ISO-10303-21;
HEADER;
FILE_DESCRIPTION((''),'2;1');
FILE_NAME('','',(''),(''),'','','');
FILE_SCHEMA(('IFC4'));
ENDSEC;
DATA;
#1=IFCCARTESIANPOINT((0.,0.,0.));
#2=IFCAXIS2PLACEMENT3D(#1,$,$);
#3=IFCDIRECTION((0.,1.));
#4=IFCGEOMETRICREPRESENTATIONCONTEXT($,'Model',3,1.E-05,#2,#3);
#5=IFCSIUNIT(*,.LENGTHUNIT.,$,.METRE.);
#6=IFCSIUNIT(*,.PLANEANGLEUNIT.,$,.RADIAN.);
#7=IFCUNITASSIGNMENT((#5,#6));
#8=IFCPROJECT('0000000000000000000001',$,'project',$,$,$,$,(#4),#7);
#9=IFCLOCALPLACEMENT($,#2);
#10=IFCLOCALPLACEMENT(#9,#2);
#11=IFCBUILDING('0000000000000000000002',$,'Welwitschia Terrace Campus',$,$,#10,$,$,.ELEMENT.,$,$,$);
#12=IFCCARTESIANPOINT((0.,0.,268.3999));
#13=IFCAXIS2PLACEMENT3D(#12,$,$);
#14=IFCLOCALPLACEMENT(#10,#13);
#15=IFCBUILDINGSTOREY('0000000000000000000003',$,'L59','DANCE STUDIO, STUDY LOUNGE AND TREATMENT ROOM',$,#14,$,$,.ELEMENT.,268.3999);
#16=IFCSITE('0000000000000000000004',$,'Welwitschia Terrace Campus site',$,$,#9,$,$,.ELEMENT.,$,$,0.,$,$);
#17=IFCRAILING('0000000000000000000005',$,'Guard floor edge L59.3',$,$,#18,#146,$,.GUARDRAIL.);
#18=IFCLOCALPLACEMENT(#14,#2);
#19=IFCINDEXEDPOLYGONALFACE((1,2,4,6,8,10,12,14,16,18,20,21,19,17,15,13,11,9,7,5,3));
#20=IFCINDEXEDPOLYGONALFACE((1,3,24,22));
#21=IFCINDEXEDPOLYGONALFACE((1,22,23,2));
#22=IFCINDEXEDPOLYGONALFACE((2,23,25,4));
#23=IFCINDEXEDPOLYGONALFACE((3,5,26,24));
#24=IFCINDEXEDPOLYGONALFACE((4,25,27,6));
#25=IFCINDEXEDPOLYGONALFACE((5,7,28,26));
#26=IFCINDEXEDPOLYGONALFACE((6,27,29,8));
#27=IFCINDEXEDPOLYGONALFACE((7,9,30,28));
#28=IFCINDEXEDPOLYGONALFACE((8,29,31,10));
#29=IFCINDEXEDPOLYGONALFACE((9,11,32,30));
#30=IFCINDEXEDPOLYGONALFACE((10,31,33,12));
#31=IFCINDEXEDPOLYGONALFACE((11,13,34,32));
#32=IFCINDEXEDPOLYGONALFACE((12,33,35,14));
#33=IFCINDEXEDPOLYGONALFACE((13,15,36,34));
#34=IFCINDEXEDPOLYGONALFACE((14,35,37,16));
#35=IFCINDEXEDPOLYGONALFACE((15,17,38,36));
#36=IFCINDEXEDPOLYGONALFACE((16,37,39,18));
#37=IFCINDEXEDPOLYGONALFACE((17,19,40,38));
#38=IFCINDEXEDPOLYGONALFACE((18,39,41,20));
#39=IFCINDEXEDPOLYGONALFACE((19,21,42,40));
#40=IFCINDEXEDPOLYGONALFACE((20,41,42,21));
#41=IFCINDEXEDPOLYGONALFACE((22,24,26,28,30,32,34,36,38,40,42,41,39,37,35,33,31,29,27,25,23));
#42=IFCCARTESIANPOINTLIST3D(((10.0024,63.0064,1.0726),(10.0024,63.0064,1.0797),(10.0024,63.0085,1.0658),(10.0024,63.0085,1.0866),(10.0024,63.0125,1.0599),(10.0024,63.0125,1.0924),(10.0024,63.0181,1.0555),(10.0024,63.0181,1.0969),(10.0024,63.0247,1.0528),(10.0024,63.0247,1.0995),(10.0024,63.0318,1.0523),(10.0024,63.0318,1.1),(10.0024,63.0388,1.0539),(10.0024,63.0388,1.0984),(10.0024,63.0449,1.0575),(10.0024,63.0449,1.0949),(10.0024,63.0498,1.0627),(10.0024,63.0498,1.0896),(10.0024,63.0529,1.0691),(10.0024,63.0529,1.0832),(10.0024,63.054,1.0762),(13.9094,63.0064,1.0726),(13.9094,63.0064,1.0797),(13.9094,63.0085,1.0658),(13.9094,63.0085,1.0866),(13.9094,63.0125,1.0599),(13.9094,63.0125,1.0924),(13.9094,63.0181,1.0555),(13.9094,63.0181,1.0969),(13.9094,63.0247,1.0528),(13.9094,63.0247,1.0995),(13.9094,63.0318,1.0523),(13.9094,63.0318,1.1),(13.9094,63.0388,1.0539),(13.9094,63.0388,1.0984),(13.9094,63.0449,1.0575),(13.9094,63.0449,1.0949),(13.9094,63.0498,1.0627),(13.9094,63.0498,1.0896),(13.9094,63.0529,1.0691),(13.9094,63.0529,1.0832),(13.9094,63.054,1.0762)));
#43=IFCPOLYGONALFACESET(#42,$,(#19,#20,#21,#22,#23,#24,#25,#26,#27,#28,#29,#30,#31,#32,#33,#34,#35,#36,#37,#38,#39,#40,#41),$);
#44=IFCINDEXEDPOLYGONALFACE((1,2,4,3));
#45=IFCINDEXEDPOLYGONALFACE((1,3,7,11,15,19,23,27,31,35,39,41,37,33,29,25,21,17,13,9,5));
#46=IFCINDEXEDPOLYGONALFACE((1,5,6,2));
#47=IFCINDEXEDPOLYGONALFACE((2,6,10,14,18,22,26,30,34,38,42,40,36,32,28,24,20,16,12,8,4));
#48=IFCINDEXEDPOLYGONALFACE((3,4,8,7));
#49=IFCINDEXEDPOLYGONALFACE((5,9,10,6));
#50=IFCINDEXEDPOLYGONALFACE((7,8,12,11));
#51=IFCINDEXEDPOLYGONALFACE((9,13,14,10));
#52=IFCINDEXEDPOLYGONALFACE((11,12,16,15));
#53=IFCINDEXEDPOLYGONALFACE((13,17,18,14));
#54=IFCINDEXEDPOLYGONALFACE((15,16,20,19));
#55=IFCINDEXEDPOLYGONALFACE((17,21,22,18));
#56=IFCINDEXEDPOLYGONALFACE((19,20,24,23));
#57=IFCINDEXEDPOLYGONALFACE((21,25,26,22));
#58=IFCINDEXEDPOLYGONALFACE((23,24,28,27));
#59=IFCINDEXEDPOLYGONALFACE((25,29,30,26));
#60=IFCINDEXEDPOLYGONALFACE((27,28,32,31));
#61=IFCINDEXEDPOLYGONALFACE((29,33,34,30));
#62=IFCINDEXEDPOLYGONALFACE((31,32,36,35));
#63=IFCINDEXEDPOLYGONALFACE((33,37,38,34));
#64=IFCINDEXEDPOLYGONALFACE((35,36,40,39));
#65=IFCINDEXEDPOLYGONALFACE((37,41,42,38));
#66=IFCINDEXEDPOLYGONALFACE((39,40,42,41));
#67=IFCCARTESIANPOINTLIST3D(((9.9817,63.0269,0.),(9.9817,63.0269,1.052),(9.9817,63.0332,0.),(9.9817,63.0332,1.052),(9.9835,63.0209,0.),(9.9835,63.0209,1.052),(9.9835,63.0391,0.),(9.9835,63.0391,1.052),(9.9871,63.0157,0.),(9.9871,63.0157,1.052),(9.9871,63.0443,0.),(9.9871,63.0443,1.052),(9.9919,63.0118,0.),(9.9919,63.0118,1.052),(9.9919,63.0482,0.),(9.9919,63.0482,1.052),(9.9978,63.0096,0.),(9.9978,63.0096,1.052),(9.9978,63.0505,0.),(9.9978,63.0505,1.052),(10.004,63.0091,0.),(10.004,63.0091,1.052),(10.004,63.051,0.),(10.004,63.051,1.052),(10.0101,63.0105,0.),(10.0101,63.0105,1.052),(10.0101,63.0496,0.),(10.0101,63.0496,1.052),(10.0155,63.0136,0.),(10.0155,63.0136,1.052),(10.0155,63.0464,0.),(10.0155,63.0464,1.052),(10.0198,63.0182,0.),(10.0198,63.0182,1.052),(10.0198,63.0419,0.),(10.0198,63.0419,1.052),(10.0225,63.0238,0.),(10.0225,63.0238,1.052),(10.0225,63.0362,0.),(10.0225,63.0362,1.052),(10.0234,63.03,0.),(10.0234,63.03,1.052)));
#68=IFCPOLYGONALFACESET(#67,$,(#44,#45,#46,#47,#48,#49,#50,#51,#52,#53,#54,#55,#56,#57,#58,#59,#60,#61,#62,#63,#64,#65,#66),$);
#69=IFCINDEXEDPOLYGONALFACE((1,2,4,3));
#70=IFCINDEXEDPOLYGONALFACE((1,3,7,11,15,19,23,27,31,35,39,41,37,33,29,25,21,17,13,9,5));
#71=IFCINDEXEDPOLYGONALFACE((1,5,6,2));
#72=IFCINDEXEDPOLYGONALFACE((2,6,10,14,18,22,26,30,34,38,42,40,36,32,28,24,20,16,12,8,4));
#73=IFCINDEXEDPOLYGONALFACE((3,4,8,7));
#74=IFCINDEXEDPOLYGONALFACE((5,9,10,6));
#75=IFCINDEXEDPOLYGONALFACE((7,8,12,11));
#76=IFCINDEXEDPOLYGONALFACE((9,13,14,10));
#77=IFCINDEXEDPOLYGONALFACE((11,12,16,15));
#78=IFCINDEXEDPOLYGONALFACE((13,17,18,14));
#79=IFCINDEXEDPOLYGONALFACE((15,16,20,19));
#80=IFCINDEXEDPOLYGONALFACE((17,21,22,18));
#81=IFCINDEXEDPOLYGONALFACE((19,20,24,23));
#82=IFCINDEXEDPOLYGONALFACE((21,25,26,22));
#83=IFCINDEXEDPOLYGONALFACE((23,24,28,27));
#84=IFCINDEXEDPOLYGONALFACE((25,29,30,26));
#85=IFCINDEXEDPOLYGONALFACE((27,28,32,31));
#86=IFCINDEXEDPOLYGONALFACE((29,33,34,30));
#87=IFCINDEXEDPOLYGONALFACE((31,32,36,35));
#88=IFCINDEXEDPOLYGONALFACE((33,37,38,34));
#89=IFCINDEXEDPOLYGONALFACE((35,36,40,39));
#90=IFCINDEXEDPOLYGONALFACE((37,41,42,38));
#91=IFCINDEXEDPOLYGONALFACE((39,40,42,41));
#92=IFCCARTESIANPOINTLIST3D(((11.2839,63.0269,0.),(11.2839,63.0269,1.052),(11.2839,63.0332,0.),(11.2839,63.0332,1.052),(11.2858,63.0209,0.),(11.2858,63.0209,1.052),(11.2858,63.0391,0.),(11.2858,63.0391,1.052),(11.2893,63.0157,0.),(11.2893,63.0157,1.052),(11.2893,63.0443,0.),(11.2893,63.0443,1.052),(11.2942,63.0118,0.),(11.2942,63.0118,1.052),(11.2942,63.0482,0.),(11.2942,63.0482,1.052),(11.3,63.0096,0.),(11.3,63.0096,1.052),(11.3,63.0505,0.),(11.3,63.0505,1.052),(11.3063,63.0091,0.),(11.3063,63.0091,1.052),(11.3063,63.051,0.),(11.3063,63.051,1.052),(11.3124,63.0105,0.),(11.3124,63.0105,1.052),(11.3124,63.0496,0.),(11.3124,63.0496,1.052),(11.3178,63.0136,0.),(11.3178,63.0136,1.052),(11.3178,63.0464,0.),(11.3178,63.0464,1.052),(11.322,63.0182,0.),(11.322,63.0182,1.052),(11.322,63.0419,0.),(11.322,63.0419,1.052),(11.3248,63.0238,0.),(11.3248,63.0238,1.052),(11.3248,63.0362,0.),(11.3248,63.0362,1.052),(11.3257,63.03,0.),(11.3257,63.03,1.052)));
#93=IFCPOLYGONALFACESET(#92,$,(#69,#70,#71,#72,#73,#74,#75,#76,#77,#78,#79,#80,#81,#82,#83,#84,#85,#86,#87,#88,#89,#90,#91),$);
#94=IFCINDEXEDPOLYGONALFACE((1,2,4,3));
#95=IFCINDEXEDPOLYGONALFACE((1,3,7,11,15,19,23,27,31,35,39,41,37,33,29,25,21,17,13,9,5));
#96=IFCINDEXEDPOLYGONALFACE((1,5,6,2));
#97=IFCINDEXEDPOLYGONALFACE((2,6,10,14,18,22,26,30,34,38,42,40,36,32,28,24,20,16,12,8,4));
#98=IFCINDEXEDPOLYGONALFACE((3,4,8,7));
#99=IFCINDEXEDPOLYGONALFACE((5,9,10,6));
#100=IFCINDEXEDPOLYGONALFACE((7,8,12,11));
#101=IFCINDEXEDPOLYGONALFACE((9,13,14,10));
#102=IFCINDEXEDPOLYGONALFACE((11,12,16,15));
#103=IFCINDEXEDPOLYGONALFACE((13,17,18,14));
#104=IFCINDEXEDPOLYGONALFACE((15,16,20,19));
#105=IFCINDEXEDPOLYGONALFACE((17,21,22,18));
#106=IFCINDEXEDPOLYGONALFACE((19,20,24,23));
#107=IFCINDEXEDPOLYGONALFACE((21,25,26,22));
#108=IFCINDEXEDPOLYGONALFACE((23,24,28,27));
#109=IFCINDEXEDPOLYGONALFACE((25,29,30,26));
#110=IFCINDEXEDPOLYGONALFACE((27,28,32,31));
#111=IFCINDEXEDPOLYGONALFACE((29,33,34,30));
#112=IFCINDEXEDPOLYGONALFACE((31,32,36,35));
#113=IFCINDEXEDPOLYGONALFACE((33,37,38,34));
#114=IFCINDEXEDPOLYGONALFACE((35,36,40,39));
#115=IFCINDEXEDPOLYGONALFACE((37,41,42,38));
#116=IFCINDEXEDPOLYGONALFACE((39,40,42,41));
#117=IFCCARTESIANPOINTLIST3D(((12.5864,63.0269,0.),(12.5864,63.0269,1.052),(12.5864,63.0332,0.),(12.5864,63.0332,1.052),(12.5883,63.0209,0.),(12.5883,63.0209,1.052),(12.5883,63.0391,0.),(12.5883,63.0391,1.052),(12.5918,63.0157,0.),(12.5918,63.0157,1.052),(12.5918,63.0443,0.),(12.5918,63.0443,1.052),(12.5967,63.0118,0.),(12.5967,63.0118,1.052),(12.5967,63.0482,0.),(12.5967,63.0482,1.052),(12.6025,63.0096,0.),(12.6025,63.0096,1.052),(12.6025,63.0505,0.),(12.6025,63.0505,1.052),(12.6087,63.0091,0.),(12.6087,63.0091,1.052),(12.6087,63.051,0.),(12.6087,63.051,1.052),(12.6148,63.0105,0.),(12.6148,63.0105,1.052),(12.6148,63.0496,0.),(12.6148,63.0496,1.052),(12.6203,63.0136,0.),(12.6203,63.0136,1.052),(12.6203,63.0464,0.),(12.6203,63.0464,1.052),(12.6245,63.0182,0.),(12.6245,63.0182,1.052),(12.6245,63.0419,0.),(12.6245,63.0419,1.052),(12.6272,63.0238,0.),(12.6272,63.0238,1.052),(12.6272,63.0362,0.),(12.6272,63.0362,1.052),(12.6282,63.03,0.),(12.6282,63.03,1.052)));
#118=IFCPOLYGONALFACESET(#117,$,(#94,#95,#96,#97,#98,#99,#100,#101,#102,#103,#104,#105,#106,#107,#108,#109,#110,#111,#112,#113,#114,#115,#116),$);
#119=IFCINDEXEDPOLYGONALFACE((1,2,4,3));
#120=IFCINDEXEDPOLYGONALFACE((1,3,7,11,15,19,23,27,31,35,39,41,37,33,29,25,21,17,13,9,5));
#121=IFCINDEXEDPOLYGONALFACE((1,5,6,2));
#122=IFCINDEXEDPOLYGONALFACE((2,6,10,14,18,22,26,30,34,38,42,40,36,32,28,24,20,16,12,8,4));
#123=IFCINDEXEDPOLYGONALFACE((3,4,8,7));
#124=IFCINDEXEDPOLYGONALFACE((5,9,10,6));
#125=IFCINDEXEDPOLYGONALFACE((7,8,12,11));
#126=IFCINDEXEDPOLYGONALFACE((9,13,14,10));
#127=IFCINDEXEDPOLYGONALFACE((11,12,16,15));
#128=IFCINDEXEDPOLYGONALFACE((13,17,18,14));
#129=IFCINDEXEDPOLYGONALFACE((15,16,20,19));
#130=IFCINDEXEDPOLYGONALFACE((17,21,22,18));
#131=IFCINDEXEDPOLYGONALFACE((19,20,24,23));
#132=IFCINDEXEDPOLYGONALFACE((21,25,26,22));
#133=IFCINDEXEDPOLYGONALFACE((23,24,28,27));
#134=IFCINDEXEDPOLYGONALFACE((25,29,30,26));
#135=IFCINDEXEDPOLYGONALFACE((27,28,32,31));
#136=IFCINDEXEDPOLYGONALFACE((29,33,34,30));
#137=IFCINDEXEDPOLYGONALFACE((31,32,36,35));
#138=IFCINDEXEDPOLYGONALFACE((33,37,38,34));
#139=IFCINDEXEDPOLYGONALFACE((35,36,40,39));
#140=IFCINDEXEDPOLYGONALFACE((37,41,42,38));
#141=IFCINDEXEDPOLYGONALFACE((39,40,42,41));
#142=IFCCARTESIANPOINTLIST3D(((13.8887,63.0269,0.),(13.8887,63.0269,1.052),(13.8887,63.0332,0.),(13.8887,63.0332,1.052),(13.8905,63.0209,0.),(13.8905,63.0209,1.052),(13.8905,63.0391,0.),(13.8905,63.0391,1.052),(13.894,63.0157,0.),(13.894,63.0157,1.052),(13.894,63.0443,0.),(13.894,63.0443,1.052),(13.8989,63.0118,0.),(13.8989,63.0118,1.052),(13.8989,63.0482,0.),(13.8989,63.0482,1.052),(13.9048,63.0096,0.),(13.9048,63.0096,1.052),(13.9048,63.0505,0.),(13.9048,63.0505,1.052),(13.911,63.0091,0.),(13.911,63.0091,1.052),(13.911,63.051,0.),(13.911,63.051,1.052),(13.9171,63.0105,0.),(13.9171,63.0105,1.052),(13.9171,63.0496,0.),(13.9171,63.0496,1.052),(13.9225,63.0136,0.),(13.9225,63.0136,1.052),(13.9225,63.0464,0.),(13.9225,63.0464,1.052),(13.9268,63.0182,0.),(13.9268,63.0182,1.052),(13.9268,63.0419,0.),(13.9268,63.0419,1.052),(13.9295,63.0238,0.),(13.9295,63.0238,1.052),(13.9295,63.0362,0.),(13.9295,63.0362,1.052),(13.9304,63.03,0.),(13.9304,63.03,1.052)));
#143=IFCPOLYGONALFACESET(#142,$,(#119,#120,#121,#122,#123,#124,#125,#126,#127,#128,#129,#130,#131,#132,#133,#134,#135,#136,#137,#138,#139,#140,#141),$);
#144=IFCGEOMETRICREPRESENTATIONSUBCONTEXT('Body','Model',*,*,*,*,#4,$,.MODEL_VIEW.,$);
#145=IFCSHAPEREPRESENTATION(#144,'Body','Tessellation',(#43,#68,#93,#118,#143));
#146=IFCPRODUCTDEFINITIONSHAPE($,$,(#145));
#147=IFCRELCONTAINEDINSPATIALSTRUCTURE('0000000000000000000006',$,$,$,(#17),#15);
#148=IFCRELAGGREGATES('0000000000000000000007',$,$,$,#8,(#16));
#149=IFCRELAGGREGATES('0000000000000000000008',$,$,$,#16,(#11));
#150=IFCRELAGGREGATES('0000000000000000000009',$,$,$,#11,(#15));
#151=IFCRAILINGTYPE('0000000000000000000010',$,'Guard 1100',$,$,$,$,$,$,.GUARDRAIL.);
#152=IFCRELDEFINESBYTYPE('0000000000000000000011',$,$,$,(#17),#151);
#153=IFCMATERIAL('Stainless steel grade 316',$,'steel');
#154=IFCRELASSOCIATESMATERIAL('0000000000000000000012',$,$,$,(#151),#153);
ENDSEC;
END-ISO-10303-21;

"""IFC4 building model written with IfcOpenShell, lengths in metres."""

from ifc_helpers import new_model, si_unit, direction, frame, origin, origin_2d, place, context, subcontext, project, spatial, circle, extrude, material, type_object, element, save


model = new_model("IFC4")

# Units and contexts
model_context = context("Model", 3, precision=1e-05, world=origin(), true_north=direction((0.0, 1.0)))
body_context = subcontext(model_context, "Body", "Model", "MODEL_VIEW")
ifc_project = project(units=[si_unit("LENGTHUNIT", "METRE"), si_unit("PLANEANGLEUNIT", "RADIAN")], contexts=[model_context])

# Site, building, storey
site_placement = place(None, origin())
site = spatial("IfcSite", under=ifc_project, at=site_placement, Name="Welwitschia Terrace Campus site", CompositionType="ELEMENT", RefElevation=0.0)
building_placement = place(site_placement, origin())
building = spatial("IfcBuilding", under=site, at=building_placement, Name="Welwitschia Terrace Campus", CompositionType="ELEMENT")
storey_placement = place(building_placement, frame((0.0, 0.0, 268.3999)))
storey = spatial("IfcBuildingStorey", under=building, at=storey_placement, Name="L59", Description="DANCE STUDIO, STUDY LOUNGE AND TREATMENT ROOM", CompositionType="ELEMENT", Elevation=268.3999)

# Railing
ifc_material_1 = material(Name="Stainless steel grade 316", Category="steel")
railing_type = type_object("IfcRailingType", Name="Guard 1100", PredefinedType="GUARDRAIL", material=ifc_material_1)
railing_1_placement = place(storey_placement, frame((10.0024, 63.03, 0.0)))
element("IfcRailing", 1, at=railing_1_placement, inside=storey, type_object=railing_type, Name="Guard floor edge L59.3", PredefinedType="GUARDRAIL", context=body_context, shape_type="SweptSolid", body=[
    extrude(circle(Radius=0.0239, at=origin_2d()), frame((0.0, 0.0, 1.0762), z_axis=(1.0, 0.0, 0.0), x_axis=(0.0, 1.0, 0.0)), (0.0, 0.0, 1.0), 3.907),
    extrude(circle(Radius=0.021, at=origin_2d()), origin(), (0.0, 0.0, 1.0), 1.052),
    extrude(circle(Radius=0.021, at=origin_2d()), frame((1.3022, 0.0, 0.0)), (0.0, 0.0, 1.0), 1.052),
    extrude(circle(Radius=0.021, at=origin_2d()), frame((2.6047, 0.0, 0.0)), (0.0, 0.0, 1.0), 1.052),
    extrude(circle(Radius=0.021, at=origin_2d()), frame((3.907, 0.0, 0.0)), (0.0, 0.0, 1.0), 1.052),
])

save(model, "model.ifc")
